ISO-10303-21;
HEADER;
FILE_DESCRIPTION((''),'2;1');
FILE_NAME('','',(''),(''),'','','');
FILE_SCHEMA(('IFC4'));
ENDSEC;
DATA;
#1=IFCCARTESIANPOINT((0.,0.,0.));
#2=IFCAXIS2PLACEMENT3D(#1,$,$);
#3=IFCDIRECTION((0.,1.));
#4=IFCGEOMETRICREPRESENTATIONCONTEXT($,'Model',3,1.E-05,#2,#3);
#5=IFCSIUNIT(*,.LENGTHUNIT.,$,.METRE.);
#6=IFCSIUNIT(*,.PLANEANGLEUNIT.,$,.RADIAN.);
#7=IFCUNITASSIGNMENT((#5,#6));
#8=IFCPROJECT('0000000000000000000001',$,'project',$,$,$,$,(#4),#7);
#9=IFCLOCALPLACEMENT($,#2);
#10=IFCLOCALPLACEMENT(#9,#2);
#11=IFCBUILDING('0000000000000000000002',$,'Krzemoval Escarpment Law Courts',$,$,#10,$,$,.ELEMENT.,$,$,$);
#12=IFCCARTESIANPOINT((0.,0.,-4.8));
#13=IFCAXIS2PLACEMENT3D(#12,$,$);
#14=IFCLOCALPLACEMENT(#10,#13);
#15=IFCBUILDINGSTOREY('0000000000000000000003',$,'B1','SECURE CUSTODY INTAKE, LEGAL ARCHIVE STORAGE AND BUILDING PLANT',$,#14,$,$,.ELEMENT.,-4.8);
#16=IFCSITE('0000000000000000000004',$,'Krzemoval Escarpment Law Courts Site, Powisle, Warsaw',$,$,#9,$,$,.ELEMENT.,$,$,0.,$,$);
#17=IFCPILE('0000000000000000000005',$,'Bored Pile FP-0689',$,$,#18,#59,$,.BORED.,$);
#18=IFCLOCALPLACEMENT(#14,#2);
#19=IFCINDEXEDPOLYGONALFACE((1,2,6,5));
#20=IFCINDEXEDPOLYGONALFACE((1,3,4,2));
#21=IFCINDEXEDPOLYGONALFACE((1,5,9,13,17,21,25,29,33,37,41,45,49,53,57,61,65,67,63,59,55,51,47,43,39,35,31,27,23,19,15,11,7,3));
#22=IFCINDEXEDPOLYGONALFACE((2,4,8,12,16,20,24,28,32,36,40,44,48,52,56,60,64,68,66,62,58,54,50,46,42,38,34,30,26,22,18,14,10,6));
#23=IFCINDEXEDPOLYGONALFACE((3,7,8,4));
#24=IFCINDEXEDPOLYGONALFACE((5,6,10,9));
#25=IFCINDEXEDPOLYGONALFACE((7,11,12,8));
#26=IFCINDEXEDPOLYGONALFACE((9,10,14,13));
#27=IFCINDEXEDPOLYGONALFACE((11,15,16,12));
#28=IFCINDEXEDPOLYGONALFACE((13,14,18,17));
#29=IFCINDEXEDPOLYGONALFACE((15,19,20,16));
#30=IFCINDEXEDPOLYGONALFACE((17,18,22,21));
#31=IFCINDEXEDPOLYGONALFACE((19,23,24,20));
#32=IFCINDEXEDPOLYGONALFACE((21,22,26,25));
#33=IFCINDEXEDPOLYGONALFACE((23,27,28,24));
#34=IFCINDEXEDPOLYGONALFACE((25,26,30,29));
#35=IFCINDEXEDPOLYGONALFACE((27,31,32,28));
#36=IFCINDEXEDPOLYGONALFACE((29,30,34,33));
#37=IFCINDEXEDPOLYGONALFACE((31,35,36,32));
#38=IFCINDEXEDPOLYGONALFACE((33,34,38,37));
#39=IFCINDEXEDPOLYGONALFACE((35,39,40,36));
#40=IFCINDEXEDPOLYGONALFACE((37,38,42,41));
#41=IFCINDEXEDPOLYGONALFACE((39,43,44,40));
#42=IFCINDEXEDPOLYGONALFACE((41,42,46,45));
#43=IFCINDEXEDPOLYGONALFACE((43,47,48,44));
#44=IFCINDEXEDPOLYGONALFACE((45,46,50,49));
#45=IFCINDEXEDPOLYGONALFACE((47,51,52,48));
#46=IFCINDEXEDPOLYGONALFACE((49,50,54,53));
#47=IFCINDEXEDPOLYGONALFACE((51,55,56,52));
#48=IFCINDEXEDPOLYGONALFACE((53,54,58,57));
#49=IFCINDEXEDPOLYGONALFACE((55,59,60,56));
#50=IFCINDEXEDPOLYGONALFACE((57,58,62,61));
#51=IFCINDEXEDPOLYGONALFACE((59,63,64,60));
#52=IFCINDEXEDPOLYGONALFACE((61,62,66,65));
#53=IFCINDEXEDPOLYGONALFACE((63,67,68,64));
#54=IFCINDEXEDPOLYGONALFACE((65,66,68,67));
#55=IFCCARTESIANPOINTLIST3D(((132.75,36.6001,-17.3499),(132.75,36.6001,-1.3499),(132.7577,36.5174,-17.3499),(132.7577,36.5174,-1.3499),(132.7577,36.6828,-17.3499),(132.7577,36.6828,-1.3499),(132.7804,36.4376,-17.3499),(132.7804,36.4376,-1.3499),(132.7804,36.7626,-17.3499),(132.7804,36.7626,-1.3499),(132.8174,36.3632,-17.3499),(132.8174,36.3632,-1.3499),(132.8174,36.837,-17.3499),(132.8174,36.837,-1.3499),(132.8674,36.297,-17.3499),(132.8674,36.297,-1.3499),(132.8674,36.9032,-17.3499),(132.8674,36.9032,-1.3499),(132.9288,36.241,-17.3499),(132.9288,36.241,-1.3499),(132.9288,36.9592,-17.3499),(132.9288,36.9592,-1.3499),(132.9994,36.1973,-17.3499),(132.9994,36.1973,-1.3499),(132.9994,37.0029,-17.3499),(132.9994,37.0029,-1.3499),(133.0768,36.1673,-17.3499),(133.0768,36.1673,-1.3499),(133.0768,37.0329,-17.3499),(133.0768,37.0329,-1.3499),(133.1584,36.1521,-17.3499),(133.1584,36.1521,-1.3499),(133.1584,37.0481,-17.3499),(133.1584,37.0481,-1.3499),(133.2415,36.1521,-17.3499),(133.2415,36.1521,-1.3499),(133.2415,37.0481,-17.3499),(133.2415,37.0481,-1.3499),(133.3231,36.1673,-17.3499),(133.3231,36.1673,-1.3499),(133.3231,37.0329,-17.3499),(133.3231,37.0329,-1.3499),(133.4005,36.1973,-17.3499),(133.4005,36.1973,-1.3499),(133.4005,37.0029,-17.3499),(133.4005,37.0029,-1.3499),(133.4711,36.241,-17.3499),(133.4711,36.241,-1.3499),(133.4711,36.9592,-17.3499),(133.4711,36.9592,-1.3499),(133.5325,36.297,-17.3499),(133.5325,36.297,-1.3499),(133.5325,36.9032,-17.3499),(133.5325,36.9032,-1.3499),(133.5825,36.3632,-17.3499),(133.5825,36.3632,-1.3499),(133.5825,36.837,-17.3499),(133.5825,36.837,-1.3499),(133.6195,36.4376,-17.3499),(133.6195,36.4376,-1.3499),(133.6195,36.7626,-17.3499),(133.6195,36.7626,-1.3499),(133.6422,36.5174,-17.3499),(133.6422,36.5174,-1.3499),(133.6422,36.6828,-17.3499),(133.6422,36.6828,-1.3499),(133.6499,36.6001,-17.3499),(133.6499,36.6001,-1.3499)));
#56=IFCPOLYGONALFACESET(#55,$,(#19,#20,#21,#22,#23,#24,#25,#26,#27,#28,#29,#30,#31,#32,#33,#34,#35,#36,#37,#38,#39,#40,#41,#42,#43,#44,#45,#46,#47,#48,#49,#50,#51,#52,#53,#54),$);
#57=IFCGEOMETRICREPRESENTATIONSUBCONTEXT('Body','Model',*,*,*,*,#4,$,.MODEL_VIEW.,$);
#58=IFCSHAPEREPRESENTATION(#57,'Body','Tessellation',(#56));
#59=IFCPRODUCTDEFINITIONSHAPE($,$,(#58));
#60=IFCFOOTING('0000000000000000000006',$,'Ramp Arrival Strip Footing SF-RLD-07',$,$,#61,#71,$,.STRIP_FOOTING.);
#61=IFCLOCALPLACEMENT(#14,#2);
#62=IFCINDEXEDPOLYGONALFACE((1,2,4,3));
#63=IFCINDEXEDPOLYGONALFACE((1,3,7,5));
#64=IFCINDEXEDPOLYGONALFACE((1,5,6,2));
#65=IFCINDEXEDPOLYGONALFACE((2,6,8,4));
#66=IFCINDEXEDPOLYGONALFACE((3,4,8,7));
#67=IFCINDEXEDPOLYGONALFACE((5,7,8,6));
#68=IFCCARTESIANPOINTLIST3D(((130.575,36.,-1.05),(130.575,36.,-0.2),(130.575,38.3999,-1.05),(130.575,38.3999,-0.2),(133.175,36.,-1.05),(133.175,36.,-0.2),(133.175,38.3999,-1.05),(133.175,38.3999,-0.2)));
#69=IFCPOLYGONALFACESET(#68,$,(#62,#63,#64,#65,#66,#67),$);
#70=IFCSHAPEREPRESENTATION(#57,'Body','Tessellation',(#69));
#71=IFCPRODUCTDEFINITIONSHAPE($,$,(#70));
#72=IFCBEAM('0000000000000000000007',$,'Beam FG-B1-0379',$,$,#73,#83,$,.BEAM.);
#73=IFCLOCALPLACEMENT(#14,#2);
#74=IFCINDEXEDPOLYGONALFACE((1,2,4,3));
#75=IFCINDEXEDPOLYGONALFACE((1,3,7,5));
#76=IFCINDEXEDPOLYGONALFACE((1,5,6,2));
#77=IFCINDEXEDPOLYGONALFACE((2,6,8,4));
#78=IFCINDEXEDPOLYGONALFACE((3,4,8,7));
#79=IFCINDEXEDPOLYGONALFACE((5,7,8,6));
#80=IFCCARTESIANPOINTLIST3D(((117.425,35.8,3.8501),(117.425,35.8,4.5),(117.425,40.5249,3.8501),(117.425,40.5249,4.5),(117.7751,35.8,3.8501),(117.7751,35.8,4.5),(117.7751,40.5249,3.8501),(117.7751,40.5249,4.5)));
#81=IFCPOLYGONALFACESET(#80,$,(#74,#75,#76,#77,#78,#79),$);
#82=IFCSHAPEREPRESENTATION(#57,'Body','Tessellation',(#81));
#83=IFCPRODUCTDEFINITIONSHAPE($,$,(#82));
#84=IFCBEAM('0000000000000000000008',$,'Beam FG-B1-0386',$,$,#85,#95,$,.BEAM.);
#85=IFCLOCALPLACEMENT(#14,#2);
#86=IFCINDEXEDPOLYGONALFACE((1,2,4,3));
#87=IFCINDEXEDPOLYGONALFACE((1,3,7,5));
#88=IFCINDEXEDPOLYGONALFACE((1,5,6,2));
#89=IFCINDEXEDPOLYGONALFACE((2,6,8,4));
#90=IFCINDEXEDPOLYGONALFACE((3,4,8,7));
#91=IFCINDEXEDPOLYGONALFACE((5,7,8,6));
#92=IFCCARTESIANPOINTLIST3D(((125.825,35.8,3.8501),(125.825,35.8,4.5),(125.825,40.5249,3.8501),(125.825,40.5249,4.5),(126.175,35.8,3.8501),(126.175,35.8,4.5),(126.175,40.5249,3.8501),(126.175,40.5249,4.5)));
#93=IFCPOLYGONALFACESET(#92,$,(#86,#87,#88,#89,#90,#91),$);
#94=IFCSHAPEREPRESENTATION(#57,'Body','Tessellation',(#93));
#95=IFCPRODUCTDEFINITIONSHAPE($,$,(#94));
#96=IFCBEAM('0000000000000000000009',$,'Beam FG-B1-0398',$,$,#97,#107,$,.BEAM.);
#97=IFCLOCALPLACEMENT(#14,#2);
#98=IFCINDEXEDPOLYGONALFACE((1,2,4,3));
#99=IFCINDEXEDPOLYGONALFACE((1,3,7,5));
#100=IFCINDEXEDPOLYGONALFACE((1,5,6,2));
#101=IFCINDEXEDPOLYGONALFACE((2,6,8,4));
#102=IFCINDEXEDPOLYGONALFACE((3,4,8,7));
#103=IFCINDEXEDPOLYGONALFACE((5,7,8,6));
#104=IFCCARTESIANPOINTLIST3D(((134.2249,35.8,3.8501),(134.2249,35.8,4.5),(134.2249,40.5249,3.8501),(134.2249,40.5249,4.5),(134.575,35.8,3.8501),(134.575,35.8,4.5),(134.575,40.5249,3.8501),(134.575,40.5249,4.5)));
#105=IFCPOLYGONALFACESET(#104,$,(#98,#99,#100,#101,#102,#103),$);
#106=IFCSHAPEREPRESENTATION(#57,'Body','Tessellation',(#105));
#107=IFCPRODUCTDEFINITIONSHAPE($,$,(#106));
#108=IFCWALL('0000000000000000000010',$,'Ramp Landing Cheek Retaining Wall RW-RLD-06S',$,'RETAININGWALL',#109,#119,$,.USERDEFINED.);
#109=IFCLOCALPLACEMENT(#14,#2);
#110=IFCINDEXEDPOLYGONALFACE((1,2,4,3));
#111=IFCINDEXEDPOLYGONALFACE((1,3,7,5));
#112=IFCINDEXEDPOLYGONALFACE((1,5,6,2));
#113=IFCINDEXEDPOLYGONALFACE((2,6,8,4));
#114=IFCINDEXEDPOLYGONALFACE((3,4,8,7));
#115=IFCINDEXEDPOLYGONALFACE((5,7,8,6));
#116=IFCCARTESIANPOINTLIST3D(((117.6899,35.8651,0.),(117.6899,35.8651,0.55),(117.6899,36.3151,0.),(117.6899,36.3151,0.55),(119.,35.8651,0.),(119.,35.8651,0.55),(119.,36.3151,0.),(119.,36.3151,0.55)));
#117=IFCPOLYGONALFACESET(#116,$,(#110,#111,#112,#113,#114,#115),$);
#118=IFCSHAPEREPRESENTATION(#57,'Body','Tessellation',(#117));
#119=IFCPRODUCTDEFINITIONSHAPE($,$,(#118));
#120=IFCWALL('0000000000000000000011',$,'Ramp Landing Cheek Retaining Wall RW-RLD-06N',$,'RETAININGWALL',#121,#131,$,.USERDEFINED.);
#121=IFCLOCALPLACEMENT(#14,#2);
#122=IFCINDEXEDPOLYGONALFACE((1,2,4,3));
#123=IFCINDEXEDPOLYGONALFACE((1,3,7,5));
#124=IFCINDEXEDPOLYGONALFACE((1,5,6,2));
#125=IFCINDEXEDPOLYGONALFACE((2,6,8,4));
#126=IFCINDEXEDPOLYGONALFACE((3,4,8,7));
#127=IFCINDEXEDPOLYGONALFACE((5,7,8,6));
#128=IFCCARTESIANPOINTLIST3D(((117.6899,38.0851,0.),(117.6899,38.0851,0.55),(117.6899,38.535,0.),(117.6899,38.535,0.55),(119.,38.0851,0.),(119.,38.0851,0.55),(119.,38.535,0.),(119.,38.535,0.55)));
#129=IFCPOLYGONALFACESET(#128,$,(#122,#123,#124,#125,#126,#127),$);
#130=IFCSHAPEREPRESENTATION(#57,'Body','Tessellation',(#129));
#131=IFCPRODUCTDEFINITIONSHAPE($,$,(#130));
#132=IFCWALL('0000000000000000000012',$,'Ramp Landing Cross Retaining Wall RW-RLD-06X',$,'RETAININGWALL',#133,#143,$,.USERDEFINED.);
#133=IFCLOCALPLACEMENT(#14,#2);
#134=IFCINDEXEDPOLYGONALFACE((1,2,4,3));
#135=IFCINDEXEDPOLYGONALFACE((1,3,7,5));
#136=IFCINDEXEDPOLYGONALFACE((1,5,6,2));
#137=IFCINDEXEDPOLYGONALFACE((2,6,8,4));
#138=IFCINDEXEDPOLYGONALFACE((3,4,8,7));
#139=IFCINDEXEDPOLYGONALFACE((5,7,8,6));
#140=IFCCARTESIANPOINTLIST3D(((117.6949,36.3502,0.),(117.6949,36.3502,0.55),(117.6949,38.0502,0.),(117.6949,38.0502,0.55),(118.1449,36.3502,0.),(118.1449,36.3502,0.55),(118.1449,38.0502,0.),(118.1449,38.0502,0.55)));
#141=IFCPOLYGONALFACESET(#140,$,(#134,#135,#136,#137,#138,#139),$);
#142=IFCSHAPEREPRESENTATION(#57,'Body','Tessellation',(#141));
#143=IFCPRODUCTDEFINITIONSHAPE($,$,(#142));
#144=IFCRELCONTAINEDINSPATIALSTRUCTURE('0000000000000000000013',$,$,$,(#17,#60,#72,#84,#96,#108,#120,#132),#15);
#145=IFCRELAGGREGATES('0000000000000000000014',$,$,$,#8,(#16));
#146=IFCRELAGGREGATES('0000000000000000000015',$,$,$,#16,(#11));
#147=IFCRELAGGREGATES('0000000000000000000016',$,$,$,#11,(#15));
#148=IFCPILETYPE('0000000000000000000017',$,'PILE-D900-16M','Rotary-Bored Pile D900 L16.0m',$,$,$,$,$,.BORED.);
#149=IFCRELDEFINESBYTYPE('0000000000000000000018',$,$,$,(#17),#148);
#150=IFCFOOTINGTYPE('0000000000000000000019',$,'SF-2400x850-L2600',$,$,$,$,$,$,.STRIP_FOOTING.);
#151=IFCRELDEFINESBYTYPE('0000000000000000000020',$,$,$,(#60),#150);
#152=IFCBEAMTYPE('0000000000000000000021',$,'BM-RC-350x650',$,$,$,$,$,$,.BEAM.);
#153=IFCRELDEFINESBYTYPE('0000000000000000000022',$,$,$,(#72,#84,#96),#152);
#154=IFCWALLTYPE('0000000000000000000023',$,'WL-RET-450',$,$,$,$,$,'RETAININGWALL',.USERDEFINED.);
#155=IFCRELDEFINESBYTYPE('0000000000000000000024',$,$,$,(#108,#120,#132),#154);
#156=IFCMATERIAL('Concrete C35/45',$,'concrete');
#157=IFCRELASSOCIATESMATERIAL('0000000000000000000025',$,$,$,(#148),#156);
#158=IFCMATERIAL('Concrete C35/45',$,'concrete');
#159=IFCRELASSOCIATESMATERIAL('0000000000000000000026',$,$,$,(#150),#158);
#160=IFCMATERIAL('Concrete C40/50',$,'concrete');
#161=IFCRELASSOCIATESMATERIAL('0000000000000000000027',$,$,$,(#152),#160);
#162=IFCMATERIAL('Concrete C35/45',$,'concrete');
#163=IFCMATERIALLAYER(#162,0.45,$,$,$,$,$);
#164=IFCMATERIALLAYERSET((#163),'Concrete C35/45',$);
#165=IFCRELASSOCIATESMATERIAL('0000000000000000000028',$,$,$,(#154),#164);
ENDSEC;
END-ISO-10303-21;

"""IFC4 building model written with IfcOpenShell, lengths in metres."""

from ifc_helpers import new_model, si_unit, direction, frame, frame_2d, origin, origin_2d, place, context, subcontext, project, spatial, rectangle, circle, extrude, material, layer, layer_set, material_profile, profile_set, type_object, element, save


model = new_model("IFC4")

# Units and contexts
model_context = context("Model", 3, precision=1e-05, world=origin(), true_north=direction((0.0, 1.0)))
body_context = subcontext(model_context, "Body", "Model", "MODEL_VIEW")
ifc_project = project(units=[si_unit("LENGTHUNIT", "METRE"), si_unit("PLANEANGLEUNIT", "RADIAN")], contexts=[model_context])

# Site, building, storey
site_placement = place(None, origin())
site = spatial("IfcSite", under=ifc_project, at=site_placement, Name="Krzemoval Escarpment Law Courts Site, Powisle, Warsaw", CompositionType="ELEMENT", RefElevation=0.0)
building_placement = place(site_placement, origin())
building = spatial("IfcBuilding", under=site, at=building_placement, Name="Krzemoval Escarpment Law Courts", CompositionType="ELEMENT")
storey_placement = place(building_placement, frame((0.0, 0.0, -4.8)))
storey = spatial("IfcBuildingStorey", under=building, at=storey_placement, Name="B1", Description="SECURE CUSTODY INTAKE, LEGAL ARCHIVE STORAGE AND BUILDING PLANT", CompositionType="ELEMENT", Elevation=-4.8)

# Pile
ifc_material_1 = material(Name="Concrete C35/45", Category="concrete")
ifc_material_profile_1 = material_profile(ifc_material_1, circle(Radius=0.45, at=origin_2d()), Name="PILE D900")
ifc_profile_set_1 = profile_set([ifc_material_profile_1], Name="Concrete C35/45")
pile_type_1 = type_object("IfcPileType", Name="PILE-D900-16M", Description="Rotary-Bored Pile D900 L16.0m", PredefinedType="BORED", material=ifc_profile_set_1)
for number, where, z_axis, x_axis, name in (
    (1, (133.2, 36.6001, -1.3499), (0.0, 0.0, -1.0), (1.0, 0.0, 0.0), "Bored Pile FP-0689"),
):
    element("IfcPile", number, at=place(storey_placement, frame(where, z_axis=z_axis, x_axis=x_axis)), inside=storey, type_object=pile_type_1, Name=name, PredefinedType="BORED", context=body_context, shape_type="SweptSolid", body=[
        extrude(circle(Radius=0.45, at=origin_2d()), origin(), (0.0, 0.0, 1.0), 16.0),
    ])

# Footing
ifc_material_2 = material(Name="Concrete C35/45", Category="concrete")
footing_type_1 = type_object("IfcFootingType", Name="SF-2400x850-L2600", PredefinedType="STRIP_FOOTING", material=ifc_material_2)
footing_placement = place(storey_placement, frame((131.875, 37.2, -1.05), z_axis=(0.0, 0.0, 1.0), x_axis=(1.0, 0.0, 0.0)))
element("IfcFooting", 2, at=footing_placement, inside=storey, type_object=footing_type_1, Name="Ramp Arrival Strip Footing SF-RLD-07", PredefinedType="STRIP_FOOTING", context=body_context, shape_type="SweptSolid", body=[
    extrude(rectangle(XDim=2.6001, YDim=2.3999, at=origin_2d()), origin(), (0.0, 0.0, 1.0), 0.8501),
])

# Beams
ifc_material_3 = material(Name="Concrete C40/50", Category="concrete")
ifc_material_profile_2 = material_profile(ifc_material_3, rectangle(XDim=0.3501, YDim=0.6499, at=origin_2d()), Name="RCB 350x650")
ifc_profile_set_2 = profile_set([ifc_material_profile_2], Name="Concrete C40/50")
beam_type = type_object("IfcBeamType", Name="BM-RC-350x650", PredefinedType="BEAM", material=ifc_profile_set_2)
for number, where, z_axis, x_axis, name in (
    (3, (117.6001, 35.8, 4.175), (0.0, 1.0, 0.0), (-1.0, 0.0, 0.0), "Beam FG-B1-0379"),
    (4, (126.0, 35.8, 4.175), (0.0, 1.0, 0.0), (-1.0, 0.0, 0.0), "Beam FG-B1-0386"),
    (5, (134.3999, 35.8, 4.175), (0.0, 1.0, 0.0), (-1.0, 0.0, 0.0), "Beam FG-B1-0398"),
):
    element("IfcBeam", number, at=place(storey_placement, frame(where, z_axis=z_axis, x_axis=x_axis)), inside=storey, type_object=beam_type, Name=name, PredefinedType="BEAM", context=body_context, shape_type="SweptSolid", body=[
        extrude(rectangle(XDim=0.3501, YDim=0.6499, at=origin_2d()), origin(), (0.0, 0.0, 1.0), 4.7249),
    ])

# Walls
ifc_material_4 = material(Name="Concrete C35/45", Category="concrete")
ifc_layer = layer(ifc_material_4, 0.45)
ifc_layer_set = layer_set([ifc_layer], Name="Concrete C35/45")
wall_type = type_object("IfcWallType", Name="WL-RET-450", ElementType="RETAININGWALL", PredefinedType="USERDEFINED", material=ifc_layer_set)
for number, where, z_axis, x_axis, name in (
    (6, (117.6899, 36.0901, 0.0), (0.0, 0.0, 1.0), (1.0, 0.0, 0.0), "Ramp Landing Cheek Retaining Wall RW-RLD-06S"),
    (7, (117.6899, 38.3101, 0.0), (0.0, 0.0, 1.0), (1.0, 0.0, 0.0), "Ramp Landing Cheek Retaining Wall RW-RLD-06N"),
):
    element("IfcWall", number, at=place(storey_placement, frame(where, z_axis=z_axis, x_axis=x_axis)), inside=storey, type_object=wall_type, Name=name, ObjectType="RETAININGWALL", PredefinedType="USERDEFINED", context=body_context, shape_type="SweptSolid", body=[
        extrude(rectangle(XDim=1.3101, YDim=0.45, at=frame_2d((0.655, 0.0))), origin(), (0.0, 0.0, 1.0), 0.55),
    ])
wall_placement = place(storey_placement, frame((117.9199, 36.3501, 0.0), z_axis=(0.0, 0.0, 1.0), x_axis=(0.0, 1.0, 0.0)))
element("IfcWall", 8, at=wall_placement, inside=storey, type_object=wall_type, Name="Ramp Landing Cross Retaining Wall RW-RLD-06X", ObjectType="RETAININGWALL", PredefinedType="USERDEFINED", context=body_context, shape_type="SweptSolid", body=[
    extrude(rectangle(XDim=1.7, YDim=0.45, at=frame_2d((0.8501, 0.0))), origin(), (0.0, 0.0, 1.0), 0.55),
])

save(model, "model.ifc")
